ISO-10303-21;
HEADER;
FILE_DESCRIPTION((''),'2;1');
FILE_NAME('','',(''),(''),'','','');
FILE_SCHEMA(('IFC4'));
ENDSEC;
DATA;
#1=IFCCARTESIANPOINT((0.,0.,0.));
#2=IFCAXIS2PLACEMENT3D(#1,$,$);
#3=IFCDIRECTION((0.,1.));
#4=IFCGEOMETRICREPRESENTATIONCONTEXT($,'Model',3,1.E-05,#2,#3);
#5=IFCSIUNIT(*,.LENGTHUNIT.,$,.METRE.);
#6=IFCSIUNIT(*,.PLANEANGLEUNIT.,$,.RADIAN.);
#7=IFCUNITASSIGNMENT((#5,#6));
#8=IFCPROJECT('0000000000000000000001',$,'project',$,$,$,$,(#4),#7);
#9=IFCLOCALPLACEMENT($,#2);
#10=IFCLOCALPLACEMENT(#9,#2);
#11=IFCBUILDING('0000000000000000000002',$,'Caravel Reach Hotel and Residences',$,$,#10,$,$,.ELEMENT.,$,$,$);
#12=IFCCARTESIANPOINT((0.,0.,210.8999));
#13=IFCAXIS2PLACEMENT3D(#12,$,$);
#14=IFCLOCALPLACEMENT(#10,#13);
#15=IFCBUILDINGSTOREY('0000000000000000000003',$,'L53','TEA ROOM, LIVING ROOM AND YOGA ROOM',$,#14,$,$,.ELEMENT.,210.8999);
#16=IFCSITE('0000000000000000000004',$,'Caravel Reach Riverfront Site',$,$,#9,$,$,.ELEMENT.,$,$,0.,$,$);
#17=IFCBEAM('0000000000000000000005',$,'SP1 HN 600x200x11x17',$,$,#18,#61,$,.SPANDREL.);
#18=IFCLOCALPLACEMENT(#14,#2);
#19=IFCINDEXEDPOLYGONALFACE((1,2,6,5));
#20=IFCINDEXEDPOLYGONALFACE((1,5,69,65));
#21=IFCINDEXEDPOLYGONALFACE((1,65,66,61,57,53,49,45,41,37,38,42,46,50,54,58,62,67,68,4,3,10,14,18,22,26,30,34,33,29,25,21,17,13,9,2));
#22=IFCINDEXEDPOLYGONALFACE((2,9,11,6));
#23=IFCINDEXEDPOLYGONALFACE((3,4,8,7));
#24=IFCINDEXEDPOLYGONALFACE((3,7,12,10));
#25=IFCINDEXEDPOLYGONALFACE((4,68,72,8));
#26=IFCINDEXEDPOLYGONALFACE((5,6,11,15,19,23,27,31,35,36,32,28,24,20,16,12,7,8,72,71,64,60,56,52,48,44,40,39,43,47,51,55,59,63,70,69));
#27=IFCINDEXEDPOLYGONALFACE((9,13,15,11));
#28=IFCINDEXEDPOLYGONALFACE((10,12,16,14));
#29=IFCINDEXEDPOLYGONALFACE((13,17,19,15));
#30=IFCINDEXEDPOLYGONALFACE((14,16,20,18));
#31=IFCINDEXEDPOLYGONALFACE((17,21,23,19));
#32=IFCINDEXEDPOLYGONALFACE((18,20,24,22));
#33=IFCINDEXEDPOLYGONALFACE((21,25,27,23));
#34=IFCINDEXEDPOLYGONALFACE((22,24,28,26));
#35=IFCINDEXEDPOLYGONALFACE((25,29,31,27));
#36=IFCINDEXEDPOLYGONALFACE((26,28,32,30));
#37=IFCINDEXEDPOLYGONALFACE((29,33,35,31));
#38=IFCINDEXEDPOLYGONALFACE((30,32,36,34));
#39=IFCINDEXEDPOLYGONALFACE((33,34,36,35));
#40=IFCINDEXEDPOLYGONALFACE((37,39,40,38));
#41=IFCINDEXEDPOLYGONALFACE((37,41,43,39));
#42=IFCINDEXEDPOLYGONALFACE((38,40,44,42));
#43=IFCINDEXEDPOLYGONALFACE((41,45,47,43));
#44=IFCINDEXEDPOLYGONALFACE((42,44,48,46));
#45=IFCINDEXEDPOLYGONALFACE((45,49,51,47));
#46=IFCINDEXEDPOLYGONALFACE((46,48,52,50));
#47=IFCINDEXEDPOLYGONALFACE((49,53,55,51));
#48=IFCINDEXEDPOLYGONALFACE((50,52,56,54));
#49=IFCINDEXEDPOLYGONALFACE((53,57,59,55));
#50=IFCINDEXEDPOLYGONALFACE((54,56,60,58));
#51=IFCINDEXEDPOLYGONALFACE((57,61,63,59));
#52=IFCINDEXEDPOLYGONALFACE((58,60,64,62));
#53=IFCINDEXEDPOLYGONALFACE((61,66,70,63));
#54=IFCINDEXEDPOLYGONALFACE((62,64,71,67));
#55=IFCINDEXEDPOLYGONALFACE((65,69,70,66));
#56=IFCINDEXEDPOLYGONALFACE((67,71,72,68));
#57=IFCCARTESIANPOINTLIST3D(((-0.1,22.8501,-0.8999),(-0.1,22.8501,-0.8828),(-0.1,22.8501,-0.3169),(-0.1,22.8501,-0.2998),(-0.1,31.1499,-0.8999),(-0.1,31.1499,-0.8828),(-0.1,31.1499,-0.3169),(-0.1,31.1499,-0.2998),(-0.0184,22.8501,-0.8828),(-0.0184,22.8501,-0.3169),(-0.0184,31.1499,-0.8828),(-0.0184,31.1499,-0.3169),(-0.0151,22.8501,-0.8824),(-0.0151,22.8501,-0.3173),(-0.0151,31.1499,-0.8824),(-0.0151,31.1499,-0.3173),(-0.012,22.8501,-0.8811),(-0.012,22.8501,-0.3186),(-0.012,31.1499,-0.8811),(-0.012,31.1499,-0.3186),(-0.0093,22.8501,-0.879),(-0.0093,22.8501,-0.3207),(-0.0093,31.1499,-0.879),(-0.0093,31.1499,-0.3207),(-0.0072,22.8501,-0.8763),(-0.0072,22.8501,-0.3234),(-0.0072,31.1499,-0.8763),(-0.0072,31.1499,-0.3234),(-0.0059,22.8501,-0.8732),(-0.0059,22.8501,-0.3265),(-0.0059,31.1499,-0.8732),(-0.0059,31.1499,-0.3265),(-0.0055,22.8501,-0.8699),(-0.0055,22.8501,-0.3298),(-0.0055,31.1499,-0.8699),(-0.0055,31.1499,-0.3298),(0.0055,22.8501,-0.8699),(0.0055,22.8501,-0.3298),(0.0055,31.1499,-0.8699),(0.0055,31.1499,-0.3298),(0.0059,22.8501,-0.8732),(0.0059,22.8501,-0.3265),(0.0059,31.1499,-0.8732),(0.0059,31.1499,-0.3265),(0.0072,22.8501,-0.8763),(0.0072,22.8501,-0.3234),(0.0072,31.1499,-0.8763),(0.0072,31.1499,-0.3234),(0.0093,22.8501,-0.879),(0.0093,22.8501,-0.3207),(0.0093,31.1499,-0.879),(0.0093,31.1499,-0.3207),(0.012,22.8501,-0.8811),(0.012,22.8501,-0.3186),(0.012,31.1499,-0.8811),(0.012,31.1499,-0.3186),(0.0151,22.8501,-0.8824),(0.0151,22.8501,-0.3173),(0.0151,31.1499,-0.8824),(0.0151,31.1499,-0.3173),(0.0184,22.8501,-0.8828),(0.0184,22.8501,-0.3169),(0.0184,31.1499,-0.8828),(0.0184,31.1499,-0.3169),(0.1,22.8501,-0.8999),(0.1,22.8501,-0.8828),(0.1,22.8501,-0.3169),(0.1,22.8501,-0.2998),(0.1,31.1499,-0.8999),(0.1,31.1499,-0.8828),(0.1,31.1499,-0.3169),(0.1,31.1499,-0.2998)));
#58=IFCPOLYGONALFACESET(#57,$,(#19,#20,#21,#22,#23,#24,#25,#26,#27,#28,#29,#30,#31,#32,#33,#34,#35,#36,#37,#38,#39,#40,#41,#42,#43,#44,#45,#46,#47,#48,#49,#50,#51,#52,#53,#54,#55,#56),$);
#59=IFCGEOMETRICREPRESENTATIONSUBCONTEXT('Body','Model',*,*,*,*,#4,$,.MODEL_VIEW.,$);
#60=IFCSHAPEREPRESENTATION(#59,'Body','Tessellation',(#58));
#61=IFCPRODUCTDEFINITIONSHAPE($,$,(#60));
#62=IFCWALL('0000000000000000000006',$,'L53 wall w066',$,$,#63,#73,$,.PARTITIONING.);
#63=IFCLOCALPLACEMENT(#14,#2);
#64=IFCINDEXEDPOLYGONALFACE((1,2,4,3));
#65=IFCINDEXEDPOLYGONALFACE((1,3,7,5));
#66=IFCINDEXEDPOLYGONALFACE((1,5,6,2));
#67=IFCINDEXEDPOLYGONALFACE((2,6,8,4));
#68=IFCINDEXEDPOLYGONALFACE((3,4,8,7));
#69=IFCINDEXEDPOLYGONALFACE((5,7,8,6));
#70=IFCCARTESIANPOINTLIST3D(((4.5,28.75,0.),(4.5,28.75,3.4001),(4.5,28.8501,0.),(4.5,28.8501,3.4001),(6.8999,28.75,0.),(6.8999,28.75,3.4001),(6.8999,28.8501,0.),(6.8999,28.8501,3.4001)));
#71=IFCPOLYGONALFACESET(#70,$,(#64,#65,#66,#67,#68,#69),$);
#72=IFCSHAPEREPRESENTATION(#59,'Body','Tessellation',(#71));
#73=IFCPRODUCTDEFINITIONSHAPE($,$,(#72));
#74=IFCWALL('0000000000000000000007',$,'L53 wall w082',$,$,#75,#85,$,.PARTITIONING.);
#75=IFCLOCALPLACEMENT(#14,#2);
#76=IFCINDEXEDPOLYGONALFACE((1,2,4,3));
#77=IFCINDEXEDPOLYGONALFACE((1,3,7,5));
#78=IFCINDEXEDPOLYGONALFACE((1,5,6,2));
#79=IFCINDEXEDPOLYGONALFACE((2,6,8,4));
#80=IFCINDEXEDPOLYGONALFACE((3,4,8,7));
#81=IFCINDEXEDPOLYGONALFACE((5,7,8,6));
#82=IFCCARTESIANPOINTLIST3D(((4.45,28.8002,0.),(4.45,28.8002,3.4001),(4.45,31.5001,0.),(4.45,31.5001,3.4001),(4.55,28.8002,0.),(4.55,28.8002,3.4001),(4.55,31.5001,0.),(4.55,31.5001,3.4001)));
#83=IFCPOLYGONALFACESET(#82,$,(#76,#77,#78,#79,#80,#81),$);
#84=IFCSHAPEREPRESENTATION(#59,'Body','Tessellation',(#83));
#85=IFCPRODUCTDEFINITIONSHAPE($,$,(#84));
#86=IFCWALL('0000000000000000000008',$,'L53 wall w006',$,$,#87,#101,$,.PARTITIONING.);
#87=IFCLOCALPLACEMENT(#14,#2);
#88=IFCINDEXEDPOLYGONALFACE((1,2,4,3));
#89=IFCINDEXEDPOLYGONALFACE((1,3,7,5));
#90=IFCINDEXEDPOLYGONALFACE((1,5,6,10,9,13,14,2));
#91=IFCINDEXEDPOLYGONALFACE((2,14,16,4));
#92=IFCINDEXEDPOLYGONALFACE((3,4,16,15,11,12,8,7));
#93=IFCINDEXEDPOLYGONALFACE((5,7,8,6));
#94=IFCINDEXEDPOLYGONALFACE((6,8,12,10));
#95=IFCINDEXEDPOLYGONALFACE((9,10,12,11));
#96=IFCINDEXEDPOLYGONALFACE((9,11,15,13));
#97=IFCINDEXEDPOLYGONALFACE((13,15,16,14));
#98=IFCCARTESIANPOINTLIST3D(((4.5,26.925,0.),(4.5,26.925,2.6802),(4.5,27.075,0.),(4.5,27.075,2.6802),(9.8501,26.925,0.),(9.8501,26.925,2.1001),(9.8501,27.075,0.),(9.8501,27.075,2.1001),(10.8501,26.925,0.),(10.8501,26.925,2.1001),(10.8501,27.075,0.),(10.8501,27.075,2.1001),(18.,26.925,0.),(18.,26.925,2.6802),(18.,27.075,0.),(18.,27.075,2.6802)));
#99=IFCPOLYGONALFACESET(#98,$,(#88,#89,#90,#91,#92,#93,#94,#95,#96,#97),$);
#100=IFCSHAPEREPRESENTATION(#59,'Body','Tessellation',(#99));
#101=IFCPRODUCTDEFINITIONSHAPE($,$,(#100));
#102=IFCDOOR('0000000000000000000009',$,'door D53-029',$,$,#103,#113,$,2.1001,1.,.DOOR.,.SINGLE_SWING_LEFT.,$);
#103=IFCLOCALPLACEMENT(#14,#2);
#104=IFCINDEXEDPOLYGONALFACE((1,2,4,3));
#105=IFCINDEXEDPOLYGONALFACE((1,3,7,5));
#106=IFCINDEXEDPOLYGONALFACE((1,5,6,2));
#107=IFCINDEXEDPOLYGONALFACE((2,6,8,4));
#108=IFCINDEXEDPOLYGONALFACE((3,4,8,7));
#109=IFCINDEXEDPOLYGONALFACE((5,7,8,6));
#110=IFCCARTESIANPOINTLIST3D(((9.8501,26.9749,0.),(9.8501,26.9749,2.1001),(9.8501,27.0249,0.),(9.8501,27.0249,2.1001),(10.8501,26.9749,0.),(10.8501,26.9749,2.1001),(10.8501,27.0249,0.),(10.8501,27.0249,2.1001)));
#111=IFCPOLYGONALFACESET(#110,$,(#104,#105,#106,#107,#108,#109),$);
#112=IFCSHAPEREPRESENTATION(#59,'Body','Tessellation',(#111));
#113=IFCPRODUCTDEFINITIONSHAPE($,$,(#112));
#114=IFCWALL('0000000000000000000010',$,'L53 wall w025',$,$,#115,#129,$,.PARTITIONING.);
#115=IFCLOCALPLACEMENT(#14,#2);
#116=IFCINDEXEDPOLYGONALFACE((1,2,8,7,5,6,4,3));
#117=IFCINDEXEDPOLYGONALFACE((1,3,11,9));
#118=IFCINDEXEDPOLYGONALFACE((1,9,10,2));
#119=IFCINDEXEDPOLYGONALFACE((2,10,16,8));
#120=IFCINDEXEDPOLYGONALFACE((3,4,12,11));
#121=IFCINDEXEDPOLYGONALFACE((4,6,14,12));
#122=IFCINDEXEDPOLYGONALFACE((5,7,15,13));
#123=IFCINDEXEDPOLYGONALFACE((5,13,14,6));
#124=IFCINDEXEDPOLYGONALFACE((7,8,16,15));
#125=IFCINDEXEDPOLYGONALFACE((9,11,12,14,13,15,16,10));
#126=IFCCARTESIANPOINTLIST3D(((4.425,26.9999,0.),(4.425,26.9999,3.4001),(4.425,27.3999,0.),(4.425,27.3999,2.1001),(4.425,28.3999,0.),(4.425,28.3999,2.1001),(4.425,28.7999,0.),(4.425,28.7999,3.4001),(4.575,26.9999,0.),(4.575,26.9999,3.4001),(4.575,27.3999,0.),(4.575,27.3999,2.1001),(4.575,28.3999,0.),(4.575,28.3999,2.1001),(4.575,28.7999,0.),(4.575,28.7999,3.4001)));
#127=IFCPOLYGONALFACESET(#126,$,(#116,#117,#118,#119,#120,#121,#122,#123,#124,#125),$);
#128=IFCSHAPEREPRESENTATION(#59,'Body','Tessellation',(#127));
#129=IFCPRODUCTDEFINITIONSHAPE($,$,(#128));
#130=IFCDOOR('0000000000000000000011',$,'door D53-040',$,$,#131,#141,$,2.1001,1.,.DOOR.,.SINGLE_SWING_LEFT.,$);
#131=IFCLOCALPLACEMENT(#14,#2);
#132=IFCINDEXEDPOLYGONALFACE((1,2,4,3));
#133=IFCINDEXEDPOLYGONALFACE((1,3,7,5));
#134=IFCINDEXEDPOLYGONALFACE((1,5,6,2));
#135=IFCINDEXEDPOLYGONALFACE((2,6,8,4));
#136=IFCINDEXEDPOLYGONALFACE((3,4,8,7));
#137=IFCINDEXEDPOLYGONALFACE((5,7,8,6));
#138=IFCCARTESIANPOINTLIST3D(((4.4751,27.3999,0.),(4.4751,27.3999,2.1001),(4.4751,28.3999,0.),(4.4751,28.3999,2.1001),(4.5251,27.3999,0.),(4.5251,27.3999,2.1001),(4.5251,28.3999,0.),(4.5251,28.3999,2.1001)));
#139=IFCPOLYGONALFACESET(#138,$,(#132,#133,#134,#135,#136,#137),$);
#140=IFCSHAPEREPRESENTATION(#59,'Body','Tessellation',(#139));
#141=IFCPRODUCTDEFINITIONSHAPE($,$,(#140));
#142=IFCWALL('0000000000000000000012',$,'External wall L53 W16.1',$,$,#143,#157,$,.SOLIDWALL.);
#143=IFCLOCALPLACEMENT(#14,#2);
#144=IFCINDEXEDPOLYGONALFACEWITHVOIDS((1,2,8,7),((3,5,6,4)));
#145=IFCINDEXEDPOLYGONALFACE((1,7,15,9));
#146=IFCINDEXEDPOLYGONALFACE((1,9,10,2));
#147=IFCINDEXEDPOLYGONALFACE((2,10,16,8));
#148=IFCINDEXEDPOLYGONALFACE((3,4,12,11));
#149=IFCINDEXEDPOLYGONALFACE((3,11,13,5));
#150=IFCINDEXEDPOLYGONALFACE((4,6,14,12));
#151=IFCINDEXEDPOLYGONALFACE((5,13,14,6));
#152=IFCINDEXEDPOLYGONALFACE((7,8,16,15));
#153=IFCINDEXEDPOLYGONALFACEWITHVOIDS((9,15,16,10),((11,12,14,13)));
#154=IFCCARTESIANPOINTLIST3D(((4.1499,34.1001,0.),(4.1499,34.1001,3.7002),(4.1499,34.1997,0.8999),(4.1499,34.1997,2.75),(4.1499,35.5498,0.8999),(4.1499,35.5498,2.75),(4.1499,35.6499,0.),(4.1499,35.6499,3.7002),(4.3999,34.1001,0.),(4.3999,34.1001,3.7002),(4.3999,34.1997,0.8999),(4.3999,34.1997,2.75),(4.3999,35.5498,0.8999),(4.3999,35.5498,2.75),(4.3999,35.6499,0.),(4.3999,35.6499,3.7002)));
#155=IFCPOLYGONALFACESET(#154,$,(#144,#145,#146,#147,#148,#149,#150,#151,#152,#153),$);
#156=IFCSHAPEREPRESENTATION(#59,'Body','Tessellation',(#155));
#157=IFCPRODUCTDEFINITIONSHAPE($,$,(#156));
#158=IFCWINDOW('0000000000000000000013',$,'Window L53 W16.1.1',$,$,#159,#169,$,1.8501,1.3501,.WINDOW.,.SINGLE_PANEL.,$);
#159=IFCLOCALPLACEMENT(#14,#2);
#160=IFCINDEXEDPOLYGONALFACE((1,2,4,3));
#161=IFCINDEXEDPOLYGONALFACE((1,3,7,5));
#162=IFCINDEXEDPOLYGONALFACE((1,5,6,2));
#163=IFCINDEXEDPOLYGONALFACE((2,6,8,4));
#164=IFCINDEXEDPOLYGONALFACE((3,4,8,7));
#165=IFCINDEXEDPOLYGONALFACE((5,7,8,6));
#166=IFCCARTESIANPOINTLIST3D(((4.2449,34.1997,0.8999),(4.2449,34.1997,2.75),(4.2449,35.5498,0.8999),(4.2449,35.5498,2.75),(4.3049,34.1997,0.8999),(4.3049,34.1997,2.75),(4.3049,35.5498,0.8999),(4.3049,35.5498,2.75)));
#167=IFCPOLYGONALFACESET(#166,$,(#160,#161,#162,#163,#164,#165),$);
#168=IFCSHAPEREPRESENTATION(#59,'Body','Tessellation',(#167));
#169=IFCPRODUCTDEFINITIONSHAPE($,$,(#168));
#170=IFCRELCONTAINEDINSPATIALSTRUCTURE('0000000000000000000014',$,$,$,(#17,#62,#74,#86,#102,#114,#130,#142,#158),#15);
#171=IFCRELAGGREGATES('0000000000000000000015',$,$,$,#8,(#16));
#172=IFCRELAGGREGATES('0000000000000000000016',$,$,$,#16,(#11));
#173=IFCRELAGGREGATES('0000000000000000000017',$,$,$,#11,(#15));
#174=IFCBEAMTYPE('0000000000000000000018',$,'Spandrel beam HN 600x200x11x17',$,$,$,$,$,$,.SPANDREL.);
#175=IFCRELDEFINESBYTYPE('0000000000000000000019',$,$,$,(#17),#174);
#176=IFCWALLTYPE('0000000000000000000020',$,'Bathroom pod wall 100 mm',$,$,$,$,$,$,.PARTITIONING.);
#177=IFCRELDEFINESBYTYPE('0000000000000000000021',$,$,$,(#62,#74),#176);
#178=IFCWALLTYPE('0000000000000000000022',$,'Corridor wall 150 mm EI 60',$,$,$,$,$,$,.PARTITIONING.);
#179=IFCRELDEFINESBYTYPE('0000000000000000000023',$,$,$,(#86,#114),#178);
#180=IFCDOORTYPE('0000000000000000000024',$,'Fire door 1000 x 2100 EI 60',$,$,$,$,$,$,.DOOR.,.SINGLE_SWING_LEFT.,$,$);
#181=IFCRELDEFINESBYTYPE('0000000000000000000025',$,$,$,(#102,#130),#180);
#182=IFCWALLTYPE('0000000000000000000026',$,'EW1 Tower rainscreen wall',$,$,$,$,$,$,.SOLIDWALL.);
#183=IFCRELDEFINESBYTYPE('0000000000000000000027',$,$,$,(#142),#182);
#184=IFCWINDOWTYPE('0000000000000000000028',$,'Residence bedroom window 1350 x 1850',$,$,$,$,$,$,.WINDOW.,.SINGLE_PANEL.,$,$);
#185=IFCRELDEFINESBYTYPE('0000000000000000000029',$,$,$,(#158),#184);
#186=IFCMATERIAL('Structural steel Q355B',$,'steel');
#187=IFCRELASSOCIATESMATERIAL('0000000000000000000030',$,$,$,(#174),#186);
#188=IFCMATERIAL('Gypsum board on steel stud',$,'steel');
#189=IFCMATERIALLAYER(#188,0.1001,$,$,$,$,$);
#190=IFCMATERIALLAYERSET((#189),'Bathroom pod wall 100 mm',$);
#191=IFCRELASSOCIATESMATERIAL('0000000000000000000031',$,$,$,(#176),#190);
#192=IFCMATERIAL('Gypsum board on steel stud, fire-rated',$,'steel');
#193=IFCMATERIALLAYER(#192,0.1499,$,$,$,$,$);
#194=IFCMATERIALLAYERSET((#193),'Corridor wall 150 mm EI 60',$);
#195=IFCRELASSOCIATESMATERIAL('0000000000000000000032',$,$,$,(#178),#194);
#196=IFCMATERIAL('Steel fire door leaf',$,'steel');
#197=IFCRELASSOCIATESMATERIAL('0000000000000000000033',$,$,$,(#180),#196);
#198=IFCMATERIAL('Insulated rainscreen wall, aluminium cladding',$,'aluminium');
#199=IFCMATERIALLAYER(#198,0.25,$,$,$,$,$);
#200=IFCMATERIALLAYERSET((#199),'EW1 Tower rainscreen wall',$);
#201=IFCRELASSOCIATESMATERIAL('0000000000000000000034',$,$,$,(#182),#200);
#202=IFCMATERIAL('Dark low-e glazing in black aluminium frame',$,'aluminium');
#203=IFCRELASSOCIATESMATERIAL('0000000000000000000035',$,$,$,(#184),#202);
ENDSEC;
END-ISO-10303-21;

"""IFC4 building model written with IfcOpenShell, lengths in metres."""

from ifc_helpers import new_model, si_unit, direction, frame, frame_2d, origin, origin_2d, place, context, subcontext, project, spatial, rectangle, i_section, extrude, material, layer, layer_set, material_profile, profile_set, type_object, element, fill, save


model = new_model("IFC4")

# Units and contexts
model_context = context("Model", 3, precision=1e-05, world=origin(), true_north=direction((0.0, 1.0)))
body_context = subcontext(model_context, "Body", "Model", "MODEL_VIEW")
ifc_project = project(units=[si_unit("LENGTHUNIT", "METRE"), si_unit("PLANEANGLEUNIT", "RADIAN")], contexts=[model_context])

# Site, building, storey
site_placement = place(None, origin())
site = spatial("IfcSite", under=ifc_project, at=site_placement, Name="Caravel Reach Riverfront Site", CompositionType="ELEMENT", RefElevation=0.0)
building_placement = place(site_placement, origin())
building = spatial("IfcBuilding", under=site, at=building_placement, Name="Caravel Reach Hotel and Residences", CompositionType="ELEMENT")
storey_placement = place(building_placement, frame((0.0, 0.0, 210.8999)))
storey = spatial("IfcBuildingStorey", under=building, at=storey_placement, Name="L53", Description="TEA ROOM, LIVING ROOM AND YOGA ROOM", CompositionType="ELEMENT", Elevation=210.8999)

# Beam
ifc_material_1 = material(Name="Structural steel Q355B", Category="steel")
ifc_material_profile_1 = material_profile(ifc_material_1, i_section(OverallWidth=0.2, OverallDepth=0.6001, WebThickness=0.011, FlangeThickness=0.0171, FilletRadius=0.0129, at=origin_2d()), Name="HN 600x200x11x17")
ifc_profile_set_1 = profile_set([ifc_material_profile_1], Name="Structural steel Q355B")
beam_type = type_object("IfcBeamType", Name="Spandrel beam HN 600x200x11x17", PredefinedType="SPANDREL", material=ifc_profile_set_1)
beam_placement = place(storey_placement, frame((0.0, 31.1499, -0.5999), z_axis=(0.0, -1.0, 0.0), x_axis=(1.0, 0.0, 0.0)))
element("IfcBeam", 1, at=beam_placement, inside=storey, type_object=beam_type, Name="SP1 HN 600x200x11x17", PredefinedType="SPANDREL", context=body_context, shape_type="SweptSolid", body=[
    extrude(i_section(OverallWidth=0.2, OverallDepth=0.6001, WebThickness=0.011, FlangeThickness=0.0171, FilletRadius=0.0129, at=origin_2d()), origin(), (0.0, 0.0, 1.0), 8.2998),
])

# Walls
ifc_material_2 = material(Name="Gypsum board on steel stud", Category="steel")
ifc_layer_1 = layer(ifc_material_2, 0.1001)
ifc_layer_set_1 = layer_set([ifc_layer_1], Name="Bathroom pod wall 100 mm")
wall_type_1 = type_object("IfcWallType", Name="Bathroom pod wall 100 mm", PredefinedType="PARTITIONING", material=ifc_layer_set_1)
wall_1_placement = place(storey_placement, frame((4.5, 28.8, 0.0), z_axis=(0.0, 0.0, 1.0), x_axis=(1.0, 0.0, 0.0)))
element("IfcWall", 2, at=wall_1_placement, inside=storey, type_object=wall_type_1, Name="L53 wall w066", PredefinedType="PARTITIONING", context=body_context, shape_type="SweptSolid", body=[
    extrude(rectangle(XDim=2.3999, YDim=0.1001, at=frame_2d((1.2, 0.0))), origin(), (0.0, 0.0, 1.0), 3.4001),
])
wall_2_placement = place(storey_placement, frame((4.5, 28.8, 0.0), z_axis=(0.0, 0.0, 1.0), x_axis=(0.0, 1.0, 0.0)))
element("IfcWall", 3, at=wall_2_placement, inside=storey, type_object=wall_type_1, Name="L53 wall w082", PredefinedType="PARTITIONING", context=body_context, shape_type="SweptSolid", body=[
    extrude(rectangle(XDim=2.7, YDim=0.1001, at=frame_2d((1.3501, 0.0))), origin(), (0.0, 0.0, 1.0), 3.4001),
])

# Walls, openings, doors
ifc_material_3 = material(Name="Gypsum board on steel stud, fire-rated", Category="steel")
ifc_layer_2 = layer(ifc_material_3, 0.1499)
ifc_layer_set_2 = layer_set([ifc_layer_2], Name="Corridor wall 150 mm EI 60")
wall_type_2 = type_object("IfcWallType", Name="Corridor wall 150 mm EI 60", PredefinedType="PARTITIONING", material=ifc_layer_set_2)
wall_3_placement = place(storey_placement, frame((4.5, 27.0, 0.0), z_axis=(0.0, 0.0, 1.0), x_axis=(1.0, 0.0, 0.0)))
wall_3 = element("IfcWall", 4, at=wall_3_placement, inside=storey, type_object=wall_type_2, Name="L53 wall w006", PredefinedType="PARTITIONING", context=body_context, shape_type="SweptSolid", body=[
    extrude(rectangle(XDim=13.5, YDim=0.1499, at=frame_2d((6.75, 0.0))), origin(), (0.0, 0.0, 1.0), 2.6802),
])
opening_1_placement = place(wall_3_placement, frame((5.3501, 0.0, 0.0)))
opening_1 = element("IfcOpeningElement", 5, at=opening_1_placement, cuts=wall_3, PredefinedType="OPENING", context=body_context, shape_type="SweptSolid", body=[
    extrude(rectangle(XDim=1.0, YDim=2.1001, at=frame_2d((0.5, 1.05))), frame((0.0, 0.085, 0.0), z_axis=(0.0, -1.0, 0.0), x_axis=(1.0, 0.0, 0.0)), (0.0, 0.0, 1.0), 0.1699),
])
ifc_material_4 = material(Name="Steel fire door leaf", Category="steel")
door_type = type_object("IfcDoorType", Name="Fire door 1000 x 2100 EI 60", OperationType="SINGLE_SWING_LEFT", PredefinedType="DOOR", material=ifc_material_4)
door_1_placement = place(opening_1_placement, origin())
door_1 = element("IfcDoor", 6, at=door_1_placement, inside=storey, type_object=door_type, Name="door D53-029", OperationType="SINGLE_SWING_LEFT", OverallHeight=2.1001, OverallWidth=1.0, PredefinedType="DOOR", context=body_context, shape_type="SweptSolid", body=[
    extrude(rectangle(XDim=1.0, YDim=2.1001, at=frame_2d((0.5, 1.05))), frame((0.0, 0.0249, 0.0), z_axis=(0.0, -1.0, 0.0), x_axis=(1.0, 0.0, 0.0)), (0.0, 0.0, 1.0), 0.05),
])
fill(opening_1, door_1)
wall_4_placement = place(storey_placement, frame((4.5, 27.0, 0.0), z_axis=(0.0, 0.0, 1.0), x_axis=(0.0, 1.0, 0.0)))
wall_4 = element("IfcWall", 7, at=wall_4_placement, inside=storey, type_object=wall_type_2, Name="L53 wall w025", PredefinedType="PARTITIONING", context=body_context, shape_type="SweptSolid", body=[
    extrude(rectangle(XDim=1.8, YDim=0.1499, at=frame_2d((0.8999, 0.0))), origin(), (0.0, 0.0, 1.0), 3.4001),
])
opening_2_placement = place(wall_4_placement, frame((0.3999, 0.0, 0.0)))
opening_2 = element("IfcOpeningElement", 8, at=opening_2_placement, cuts=wall_4, PredefinedType="OPENING", context=body_context, shape_type="SweptSolid", body=[
    extrude(rectangle(XDim=1.0, YDim=2.1001, at=frame_2d((0.5, 1.05))), frame((0.0, 0.085, 0.0), z_axis=(0.0, -1.0, 0.0), x_axis=(1.0, 0.0, 0.0)), (0.0, 0.0, 1.0), 0.1699),
])
door_2_placement = place(opening_2_placement, origin())
door_2 = element("IfcDoor", 9, at=door_2_placement, inside=storey, type_object=door_type, Name="door D53-040", OperationType="SINGLE_SWING_LEFT", OverallHeight=2.1001, OverallWidth=1.0, PredefinedType="DOOR", context=body_context, shape_type="SweptSolid", body=[
    extrude(rectangle(XDim=1.0, YDim=2.1001, at=frame_2d((0.5, 1.05))), frame((0.0, 0.0249, 0.0), z_axis=(0.0, -1.0, 0.0), x_axis=(1.0, 0.0, 0.0)), (0.0, 0.0, 1.0), 0.05),
])
fill(opening_2, door_2)

# Wall, opening, window
ifc_material_5 = material(Name="Insulated rainscreen wall, aluminium cladding", Category="aluminium")
ifc_layer_3 = layer(ifc_material_5, 0.25)
ifc_layer_set_3 = layer_set([ifc_layer_3], Name="EW1 Tower rainscreen wall")
wall_type_3 = type_object("IfcWallType", Name="EW1 Tower rainscreen wall", PredefinedType="SOLIDWALL", material=ifc_layer_set_3)
wall_5_placement = place(storey_placement, frame((4.2749, 35.6499, 0.0), z_axis=(0.0, 0.0, 1.0), x_axis=(0.0, -1.0, 0.0)))
wall_5 = element("IfcWall", 10, at=wall_5_placement, inside=storey, type_object=wall_type_3, Name="External wall L53 W16.1", PredefinedType="SOLIDWALL", context=body_context, shape_type="SweptSolid", body=[
    extrude(rectangle(XDim=1.5498, YDim=0.25, at=frame_2d((0.7749, 0.0))), origin(), (0.0, 0.0, 1.0), 3.7002),
])
opening_3_placement = place(wall_5_placement, frame((0.1001, 0.0, 0.8999)))
opening_3 = element("IfcOpeningElement", 11, at=opening_3_placement, cuts=wall_5, PredefinedType="OPENING", context=body_context, shape_type="SweptSolid", body=[
    extrude(rectangle(XDim=1.3501, YDim=1.8501, at=frame_2d((0.675, 0.925))), frame((0.0, 0.135, 0.0), z_axis=(0.0, -1.0, 0.0), x_axis=(1.0, 0.0, 0.0)), (0.0, 0.0, 1.0), 0.27),
])
ifc_material_6 = material(Name="Dark low-e glazing in black aluminium frame", Category="aluminium")
window_type_1 = type_object("IfcWindowType", Name="Residence bedroom window 1350 x 1850", PartitioningType="SINGLE_PANEL", PredefinedType="WINDOW", material=ifc_material_6)
window_1_placement = place(opening_3_placement, origin())
window_1 = element("IfcWindow", 12, at=window_1_placement, inside=storey, type_object=window_type_1, Name="Window L53 W16.1.1", OverallHeight=1.8501, OverallWidth=1.3501, PartitioningType="SINGLE_PANEL", PredefinedType="WINDOW", context=body_context, shape_type="SweptSolid", body=[
    extrude(rectangle(XDim=1.3501, YDim=1.8501, at=frame_2d((0.675, 0.925))), frame((0.0, 0.03, 0.0), z_axis=(0.0, -1.0, 0.0), x_axis=(1.0, 0.0, 0.0)), (0.0, 0.0, 1.0), 0.0601),
])
fill(opening_3, window_1)

save(model, "model.ifc")
